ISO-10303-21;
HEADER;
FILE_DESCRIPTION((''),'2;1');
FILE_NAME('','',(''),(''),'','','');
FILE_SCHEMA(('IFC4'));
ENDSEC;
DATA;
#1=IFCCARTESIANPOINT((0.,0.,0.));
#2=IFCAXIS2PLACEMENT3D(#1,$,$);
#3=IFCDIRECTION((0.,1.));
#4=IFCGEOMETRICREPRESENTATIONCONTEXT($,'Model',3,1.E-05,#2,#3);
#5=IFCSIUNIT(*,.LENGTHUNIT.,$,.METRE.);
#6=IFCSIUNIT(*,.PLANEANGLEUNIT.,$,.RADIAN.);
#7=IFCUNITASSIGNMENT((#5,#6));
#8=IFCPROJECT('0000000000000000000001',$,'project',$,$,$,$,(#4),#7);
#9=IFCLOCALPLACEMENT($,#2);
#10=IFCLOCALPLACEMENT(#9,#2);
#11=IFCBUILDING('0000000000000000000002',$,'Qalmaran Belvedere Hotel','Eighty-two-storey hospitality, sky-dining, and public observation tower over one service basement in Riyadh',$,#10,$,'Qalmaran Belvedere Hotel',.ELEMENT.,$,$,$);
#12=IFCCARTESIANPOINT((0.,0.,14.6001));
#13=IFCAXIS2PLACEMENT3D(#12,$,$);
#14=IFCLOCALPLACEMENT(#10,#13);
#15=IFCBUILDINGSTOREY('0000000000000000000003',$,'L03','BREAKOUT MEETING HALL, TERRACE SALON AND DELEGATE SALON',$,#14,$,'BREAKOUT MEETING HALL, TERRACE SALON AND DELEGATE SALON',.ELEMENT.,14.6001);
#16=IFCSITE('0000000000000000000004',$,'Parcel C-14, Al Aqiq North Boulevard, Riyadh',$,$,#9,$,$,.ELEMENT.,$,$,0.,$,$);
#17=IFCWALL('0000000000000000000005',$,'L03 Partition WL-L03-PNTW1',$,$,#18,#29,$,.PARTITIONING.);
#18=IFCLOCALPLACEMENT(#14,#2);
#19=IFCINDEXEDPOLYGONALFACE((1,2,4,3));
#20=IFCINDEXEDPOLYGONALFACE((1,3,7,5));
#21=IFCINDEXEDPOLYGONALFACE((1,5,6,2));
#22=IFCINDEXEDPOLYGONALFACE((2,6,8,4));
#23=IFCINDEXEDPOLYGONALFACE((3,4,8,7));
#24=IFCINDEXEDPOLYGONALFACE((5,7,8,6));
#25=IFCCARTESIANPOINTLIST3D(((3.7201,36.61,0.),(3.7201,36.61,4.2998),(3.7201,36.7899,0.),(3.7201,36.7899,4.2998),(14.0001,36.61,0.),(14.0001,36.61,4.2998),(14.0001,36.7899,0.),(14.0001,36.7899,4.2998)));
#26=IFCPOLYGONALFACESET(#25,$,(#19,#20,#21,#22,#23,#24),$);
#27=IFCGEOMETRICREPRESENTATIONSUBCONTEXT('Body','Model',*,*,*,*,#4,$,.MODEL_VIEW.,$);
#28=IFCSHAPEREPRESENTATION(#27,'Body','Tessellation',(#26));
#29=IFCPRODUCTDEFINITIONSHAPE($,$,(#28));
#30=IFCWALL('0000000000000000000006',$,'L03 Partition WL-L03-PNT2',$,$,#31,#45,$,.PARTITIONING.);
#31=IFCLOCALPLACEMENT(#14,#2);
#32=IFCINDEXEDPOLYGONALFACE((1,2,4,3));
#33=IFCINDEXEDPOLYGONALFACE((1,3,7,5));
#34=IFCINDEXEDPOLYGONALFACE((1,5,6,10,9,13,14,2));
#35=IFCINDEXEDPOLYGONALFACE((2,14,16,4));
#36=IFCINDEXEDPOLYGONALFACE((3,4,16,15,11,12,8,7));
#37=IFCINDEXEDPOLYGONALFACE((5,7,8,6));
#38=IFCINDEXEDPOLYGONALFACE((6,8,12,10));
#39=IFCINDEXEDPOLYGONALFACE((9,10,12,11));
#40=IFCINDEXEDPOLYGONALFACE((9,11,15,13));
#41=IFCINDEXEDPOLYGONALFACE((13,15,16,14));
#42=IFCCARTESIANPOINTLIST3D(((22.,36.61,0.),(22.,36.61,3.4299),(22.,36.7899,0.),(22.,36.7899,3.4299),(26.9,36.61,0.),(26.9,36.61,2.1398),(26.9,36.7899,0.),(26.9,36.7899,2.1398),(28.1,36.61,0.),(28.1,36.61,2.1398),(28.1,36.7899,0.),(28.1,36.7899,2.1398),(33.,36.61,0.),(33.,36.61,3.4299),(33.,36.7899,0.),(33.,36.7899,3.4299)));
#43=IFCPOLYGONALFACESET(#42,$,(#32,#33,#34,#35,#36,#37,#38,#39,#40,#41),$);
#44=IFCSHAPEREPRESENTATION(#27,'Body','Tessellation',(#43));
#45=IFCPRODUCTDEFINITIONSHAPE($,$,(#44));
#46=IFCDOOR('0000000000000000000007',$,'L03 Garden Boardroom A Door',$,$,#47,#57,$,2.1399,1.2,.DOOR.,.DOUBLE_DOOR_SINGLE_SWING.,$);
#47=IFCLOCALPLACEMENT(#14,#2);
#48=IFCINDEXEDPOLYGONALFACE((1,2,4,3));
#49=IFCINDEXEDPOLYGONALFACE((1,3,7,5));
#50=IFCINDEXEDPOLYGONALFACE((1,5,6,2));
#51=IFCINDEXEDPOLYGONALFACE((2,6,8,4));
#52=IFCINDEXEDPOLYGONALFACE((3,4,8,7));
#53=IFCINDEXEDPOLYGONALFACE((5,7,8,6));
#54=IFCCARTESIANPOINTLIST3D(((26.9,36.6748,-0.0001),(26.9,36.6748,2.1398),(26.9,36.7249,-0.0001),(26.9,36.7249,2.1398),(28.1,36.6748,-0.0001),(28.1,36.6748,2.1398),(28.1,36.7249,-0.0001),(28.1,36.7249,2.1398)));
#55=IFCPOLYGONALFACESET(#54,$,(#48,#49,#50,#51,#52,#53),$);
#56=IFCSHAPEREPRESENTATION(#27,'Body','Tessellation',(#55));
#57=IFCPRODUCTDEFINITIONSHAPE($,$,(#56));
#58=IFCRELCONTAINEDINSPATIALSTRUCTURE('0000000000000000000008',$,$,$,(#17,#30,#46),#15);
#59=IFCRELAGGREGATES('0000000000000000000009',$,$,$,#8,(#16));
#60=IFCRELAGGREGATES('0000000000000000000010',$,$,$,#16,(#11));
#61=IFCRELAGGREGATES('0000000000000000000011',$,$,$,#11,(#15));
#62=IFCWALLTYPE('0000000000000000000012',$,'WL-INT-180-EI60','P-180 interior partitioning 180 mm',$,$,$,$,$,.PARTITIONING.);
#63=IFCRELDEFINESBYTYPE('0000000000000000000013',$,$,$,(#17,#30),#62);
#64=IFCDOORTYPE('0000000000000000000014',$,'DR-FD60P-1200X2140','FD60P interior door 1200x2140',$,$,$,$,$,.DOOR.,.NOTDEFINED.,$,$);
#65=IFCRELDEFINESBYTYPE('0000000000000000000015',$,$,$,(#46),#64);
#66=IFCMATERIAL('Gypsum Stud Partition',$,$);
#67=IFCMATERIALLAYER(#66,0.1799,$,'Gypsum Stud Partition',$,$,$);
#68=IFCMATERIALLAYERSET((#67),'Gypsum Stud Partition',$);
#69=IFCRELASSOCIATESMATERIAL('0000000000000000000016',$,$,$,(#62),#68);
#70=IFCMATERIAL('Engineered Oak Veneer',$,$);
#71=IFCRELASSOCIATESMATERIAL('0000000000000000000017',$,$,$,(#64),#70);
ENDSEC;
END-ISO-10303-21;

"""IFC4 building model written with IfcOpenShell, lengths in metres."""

from ifc_helpers import new_model, si_unit, direction, frame, frame_2d, origin, place, context, subcontext, project, spatial, rectangle, extrude, material, layer, layer_set, type_object, element, fill, save


model = new_model("IFC4")

# Units and contexts
model_context = context("Model", 3, precision=1e-05, world=origin(), true_north=direction((0.0, 1.0)))
body_context = subcontext(model_context, "Body", "Model", "MODEL_VIEW")
ifc_project = project(units=[si_unit("LENGTHUNIT", "METRE"), si_unit("PLANEANGLEUNIT", "RADIAN")], contexts=[model_context])

# Site, building, storey
site_placement = place(None, origin())
site = spatial("IfcSite", under=ifc_project, at=site_placement, Name="Parcel C-14, Al Aqiq North Boulevard, Riyadh", CompositionType="ELEMENT", RefElevation=0.0)
building_placement = place(site_placement, origin())
building = spatial("IfcBuilding", under=site, at=building_placement, Name="Qalmaran Belvedere Hotel", Description="Eighty-two-storey hospitality, sky-dining, and public observation tower over one service basement in Riyadh", LongName="Qalmaran Belvedere Hotel", CompositionType="ELEMENT")
storey_placement = place(building_placement, frame((0.0, 0.0, 14.6001)))
storey = spatial("IfcBuildingStorey", under=building, at=storey_placement, Name="L03", Description="BREAKOUT MEETING HALL, TERRACE SALON AND DELEGATE SALON", LongName="BREAKOUT MEETING HALL, TERRACE SALON AND DELEGATE SALON", CompositionType="ELEMENT", Elevation=14.6001)

# Shared definitions
ifc_material_1 = material(Name="Gypsum Stud Partition")

# Shared definitions
ifc_layer_1 = layer(ifc_material_1, 0.1799, Name="Gypsum Stud Partition")
ifc_layer_set_1 = layer_set([ifc_layer_1], Name="Gypsum Stud Partition")
wall_type_1 = type_object("IfcWallType", Name="WL-INT-180-EI60", Description="P-180 interior partitioning 180 mm", PredefinedType="PARTITIONING", material=ifc_layer_set_1)
ifc_material_2 = material(Name="Engineered Oak Veneer")
door_type_1 = type_object("IfcDoorType", Name="DR-FD60P-1200X2140", Description="FD60P interior door 1200x2140", OperationType="NOTDEFINED", PredefinedType="DOOR", material=ifc_material_2)

# Wall
wall_1_placement = place(storey_placement, frame((3.72, 36.7, 0.0), z_axis=(0.0, 0.0, 1.0), x_axis=(1.0, 0.0, 0.0)))
element("IfcWall", 1, at=wall_1_placement, inside=storey, type_object=wall_type_1, Name="L03 Partition WL-L03-PNTW1", PredefinedType="PARTITIONING", context=body_context, shape_type="SweptSolid", body=[
    extrude(rectangle(XDim=10.28, YDim=0.1799, at=frame_2d((5.1401, 0.0))), origin(), (0.0, 0.0, 1.0), 4.2998),
])

# Wall, opening, door
wall_2_placement = place(storey_placement, frame((22.0, 36.7, 0.0), z_axis=(0.0, 0.0, 1.0), x_axis=(1.0, 0.0, 0.0)))
wall_2 = element("IfcWall", 2, at=wall_2_placement, inside=storey, type_object=wall_type_1, Name="L03 Partition WL-L03-PNT2", PredefinedType="PARTITIONING", context=body_context, shape_type="SweptSolid", body=[
    extrude(rectangle(XDim=11.0, YDim=0.1799, at=frame_2d((5.5, 0.0))), origin(), (0.0, 0.0, 1.0), 3.4299),
])
opening_1_placement = place(wall_2_placement, frame((4.8999, 0.0, 0.0)))
opening_1 = element("IfcOpeningElement", 3, at=opening_1_placement, cuts=wall_2, PredefinedType="OPENING", context=body_context, shape_type="SweptSolid", body=[
    extrude(rectangle(XDim=1.2, YDim=2.1399, at=frame_2d((0.6001, 1.0698))), frame((0.0, 0.1001, 0.0), z_axis=(0.0, -1.0, 0.0), x_axis=(1.0, 0.0, 0.0)), (0.0, 0.0, 1.0), 0.2),
])
door_1_placement = place(opening_1_placement, origin())
door_1 = element("IfcDoor", 4, at=door_1_placement, inside=storey, type_object=door_type_1, Name="L03 Garden Boardroom A Door", OperationType="DOUBLE_DOOR_SINGLE_SWING", OverallHeight=2.1399, OverallWidth=1.2, PredefinedType="DOOR", context=body_context, shape_type="SweptSolid", body=[
    extrude(rectangle(XDim=1.2, YDim=2.1399, at=frame_2d((0.6001, 1.0698))), frame((0.0, 0.0249, 0.0), z_axis=(0.0, -1.0, 0.0), x_axis=(1.0, 0.0, 0.0)), (0.0, 0.0, 1.0), 0.05),
])
fill(opening_1, door_1)

save(model, "model.ifc")
